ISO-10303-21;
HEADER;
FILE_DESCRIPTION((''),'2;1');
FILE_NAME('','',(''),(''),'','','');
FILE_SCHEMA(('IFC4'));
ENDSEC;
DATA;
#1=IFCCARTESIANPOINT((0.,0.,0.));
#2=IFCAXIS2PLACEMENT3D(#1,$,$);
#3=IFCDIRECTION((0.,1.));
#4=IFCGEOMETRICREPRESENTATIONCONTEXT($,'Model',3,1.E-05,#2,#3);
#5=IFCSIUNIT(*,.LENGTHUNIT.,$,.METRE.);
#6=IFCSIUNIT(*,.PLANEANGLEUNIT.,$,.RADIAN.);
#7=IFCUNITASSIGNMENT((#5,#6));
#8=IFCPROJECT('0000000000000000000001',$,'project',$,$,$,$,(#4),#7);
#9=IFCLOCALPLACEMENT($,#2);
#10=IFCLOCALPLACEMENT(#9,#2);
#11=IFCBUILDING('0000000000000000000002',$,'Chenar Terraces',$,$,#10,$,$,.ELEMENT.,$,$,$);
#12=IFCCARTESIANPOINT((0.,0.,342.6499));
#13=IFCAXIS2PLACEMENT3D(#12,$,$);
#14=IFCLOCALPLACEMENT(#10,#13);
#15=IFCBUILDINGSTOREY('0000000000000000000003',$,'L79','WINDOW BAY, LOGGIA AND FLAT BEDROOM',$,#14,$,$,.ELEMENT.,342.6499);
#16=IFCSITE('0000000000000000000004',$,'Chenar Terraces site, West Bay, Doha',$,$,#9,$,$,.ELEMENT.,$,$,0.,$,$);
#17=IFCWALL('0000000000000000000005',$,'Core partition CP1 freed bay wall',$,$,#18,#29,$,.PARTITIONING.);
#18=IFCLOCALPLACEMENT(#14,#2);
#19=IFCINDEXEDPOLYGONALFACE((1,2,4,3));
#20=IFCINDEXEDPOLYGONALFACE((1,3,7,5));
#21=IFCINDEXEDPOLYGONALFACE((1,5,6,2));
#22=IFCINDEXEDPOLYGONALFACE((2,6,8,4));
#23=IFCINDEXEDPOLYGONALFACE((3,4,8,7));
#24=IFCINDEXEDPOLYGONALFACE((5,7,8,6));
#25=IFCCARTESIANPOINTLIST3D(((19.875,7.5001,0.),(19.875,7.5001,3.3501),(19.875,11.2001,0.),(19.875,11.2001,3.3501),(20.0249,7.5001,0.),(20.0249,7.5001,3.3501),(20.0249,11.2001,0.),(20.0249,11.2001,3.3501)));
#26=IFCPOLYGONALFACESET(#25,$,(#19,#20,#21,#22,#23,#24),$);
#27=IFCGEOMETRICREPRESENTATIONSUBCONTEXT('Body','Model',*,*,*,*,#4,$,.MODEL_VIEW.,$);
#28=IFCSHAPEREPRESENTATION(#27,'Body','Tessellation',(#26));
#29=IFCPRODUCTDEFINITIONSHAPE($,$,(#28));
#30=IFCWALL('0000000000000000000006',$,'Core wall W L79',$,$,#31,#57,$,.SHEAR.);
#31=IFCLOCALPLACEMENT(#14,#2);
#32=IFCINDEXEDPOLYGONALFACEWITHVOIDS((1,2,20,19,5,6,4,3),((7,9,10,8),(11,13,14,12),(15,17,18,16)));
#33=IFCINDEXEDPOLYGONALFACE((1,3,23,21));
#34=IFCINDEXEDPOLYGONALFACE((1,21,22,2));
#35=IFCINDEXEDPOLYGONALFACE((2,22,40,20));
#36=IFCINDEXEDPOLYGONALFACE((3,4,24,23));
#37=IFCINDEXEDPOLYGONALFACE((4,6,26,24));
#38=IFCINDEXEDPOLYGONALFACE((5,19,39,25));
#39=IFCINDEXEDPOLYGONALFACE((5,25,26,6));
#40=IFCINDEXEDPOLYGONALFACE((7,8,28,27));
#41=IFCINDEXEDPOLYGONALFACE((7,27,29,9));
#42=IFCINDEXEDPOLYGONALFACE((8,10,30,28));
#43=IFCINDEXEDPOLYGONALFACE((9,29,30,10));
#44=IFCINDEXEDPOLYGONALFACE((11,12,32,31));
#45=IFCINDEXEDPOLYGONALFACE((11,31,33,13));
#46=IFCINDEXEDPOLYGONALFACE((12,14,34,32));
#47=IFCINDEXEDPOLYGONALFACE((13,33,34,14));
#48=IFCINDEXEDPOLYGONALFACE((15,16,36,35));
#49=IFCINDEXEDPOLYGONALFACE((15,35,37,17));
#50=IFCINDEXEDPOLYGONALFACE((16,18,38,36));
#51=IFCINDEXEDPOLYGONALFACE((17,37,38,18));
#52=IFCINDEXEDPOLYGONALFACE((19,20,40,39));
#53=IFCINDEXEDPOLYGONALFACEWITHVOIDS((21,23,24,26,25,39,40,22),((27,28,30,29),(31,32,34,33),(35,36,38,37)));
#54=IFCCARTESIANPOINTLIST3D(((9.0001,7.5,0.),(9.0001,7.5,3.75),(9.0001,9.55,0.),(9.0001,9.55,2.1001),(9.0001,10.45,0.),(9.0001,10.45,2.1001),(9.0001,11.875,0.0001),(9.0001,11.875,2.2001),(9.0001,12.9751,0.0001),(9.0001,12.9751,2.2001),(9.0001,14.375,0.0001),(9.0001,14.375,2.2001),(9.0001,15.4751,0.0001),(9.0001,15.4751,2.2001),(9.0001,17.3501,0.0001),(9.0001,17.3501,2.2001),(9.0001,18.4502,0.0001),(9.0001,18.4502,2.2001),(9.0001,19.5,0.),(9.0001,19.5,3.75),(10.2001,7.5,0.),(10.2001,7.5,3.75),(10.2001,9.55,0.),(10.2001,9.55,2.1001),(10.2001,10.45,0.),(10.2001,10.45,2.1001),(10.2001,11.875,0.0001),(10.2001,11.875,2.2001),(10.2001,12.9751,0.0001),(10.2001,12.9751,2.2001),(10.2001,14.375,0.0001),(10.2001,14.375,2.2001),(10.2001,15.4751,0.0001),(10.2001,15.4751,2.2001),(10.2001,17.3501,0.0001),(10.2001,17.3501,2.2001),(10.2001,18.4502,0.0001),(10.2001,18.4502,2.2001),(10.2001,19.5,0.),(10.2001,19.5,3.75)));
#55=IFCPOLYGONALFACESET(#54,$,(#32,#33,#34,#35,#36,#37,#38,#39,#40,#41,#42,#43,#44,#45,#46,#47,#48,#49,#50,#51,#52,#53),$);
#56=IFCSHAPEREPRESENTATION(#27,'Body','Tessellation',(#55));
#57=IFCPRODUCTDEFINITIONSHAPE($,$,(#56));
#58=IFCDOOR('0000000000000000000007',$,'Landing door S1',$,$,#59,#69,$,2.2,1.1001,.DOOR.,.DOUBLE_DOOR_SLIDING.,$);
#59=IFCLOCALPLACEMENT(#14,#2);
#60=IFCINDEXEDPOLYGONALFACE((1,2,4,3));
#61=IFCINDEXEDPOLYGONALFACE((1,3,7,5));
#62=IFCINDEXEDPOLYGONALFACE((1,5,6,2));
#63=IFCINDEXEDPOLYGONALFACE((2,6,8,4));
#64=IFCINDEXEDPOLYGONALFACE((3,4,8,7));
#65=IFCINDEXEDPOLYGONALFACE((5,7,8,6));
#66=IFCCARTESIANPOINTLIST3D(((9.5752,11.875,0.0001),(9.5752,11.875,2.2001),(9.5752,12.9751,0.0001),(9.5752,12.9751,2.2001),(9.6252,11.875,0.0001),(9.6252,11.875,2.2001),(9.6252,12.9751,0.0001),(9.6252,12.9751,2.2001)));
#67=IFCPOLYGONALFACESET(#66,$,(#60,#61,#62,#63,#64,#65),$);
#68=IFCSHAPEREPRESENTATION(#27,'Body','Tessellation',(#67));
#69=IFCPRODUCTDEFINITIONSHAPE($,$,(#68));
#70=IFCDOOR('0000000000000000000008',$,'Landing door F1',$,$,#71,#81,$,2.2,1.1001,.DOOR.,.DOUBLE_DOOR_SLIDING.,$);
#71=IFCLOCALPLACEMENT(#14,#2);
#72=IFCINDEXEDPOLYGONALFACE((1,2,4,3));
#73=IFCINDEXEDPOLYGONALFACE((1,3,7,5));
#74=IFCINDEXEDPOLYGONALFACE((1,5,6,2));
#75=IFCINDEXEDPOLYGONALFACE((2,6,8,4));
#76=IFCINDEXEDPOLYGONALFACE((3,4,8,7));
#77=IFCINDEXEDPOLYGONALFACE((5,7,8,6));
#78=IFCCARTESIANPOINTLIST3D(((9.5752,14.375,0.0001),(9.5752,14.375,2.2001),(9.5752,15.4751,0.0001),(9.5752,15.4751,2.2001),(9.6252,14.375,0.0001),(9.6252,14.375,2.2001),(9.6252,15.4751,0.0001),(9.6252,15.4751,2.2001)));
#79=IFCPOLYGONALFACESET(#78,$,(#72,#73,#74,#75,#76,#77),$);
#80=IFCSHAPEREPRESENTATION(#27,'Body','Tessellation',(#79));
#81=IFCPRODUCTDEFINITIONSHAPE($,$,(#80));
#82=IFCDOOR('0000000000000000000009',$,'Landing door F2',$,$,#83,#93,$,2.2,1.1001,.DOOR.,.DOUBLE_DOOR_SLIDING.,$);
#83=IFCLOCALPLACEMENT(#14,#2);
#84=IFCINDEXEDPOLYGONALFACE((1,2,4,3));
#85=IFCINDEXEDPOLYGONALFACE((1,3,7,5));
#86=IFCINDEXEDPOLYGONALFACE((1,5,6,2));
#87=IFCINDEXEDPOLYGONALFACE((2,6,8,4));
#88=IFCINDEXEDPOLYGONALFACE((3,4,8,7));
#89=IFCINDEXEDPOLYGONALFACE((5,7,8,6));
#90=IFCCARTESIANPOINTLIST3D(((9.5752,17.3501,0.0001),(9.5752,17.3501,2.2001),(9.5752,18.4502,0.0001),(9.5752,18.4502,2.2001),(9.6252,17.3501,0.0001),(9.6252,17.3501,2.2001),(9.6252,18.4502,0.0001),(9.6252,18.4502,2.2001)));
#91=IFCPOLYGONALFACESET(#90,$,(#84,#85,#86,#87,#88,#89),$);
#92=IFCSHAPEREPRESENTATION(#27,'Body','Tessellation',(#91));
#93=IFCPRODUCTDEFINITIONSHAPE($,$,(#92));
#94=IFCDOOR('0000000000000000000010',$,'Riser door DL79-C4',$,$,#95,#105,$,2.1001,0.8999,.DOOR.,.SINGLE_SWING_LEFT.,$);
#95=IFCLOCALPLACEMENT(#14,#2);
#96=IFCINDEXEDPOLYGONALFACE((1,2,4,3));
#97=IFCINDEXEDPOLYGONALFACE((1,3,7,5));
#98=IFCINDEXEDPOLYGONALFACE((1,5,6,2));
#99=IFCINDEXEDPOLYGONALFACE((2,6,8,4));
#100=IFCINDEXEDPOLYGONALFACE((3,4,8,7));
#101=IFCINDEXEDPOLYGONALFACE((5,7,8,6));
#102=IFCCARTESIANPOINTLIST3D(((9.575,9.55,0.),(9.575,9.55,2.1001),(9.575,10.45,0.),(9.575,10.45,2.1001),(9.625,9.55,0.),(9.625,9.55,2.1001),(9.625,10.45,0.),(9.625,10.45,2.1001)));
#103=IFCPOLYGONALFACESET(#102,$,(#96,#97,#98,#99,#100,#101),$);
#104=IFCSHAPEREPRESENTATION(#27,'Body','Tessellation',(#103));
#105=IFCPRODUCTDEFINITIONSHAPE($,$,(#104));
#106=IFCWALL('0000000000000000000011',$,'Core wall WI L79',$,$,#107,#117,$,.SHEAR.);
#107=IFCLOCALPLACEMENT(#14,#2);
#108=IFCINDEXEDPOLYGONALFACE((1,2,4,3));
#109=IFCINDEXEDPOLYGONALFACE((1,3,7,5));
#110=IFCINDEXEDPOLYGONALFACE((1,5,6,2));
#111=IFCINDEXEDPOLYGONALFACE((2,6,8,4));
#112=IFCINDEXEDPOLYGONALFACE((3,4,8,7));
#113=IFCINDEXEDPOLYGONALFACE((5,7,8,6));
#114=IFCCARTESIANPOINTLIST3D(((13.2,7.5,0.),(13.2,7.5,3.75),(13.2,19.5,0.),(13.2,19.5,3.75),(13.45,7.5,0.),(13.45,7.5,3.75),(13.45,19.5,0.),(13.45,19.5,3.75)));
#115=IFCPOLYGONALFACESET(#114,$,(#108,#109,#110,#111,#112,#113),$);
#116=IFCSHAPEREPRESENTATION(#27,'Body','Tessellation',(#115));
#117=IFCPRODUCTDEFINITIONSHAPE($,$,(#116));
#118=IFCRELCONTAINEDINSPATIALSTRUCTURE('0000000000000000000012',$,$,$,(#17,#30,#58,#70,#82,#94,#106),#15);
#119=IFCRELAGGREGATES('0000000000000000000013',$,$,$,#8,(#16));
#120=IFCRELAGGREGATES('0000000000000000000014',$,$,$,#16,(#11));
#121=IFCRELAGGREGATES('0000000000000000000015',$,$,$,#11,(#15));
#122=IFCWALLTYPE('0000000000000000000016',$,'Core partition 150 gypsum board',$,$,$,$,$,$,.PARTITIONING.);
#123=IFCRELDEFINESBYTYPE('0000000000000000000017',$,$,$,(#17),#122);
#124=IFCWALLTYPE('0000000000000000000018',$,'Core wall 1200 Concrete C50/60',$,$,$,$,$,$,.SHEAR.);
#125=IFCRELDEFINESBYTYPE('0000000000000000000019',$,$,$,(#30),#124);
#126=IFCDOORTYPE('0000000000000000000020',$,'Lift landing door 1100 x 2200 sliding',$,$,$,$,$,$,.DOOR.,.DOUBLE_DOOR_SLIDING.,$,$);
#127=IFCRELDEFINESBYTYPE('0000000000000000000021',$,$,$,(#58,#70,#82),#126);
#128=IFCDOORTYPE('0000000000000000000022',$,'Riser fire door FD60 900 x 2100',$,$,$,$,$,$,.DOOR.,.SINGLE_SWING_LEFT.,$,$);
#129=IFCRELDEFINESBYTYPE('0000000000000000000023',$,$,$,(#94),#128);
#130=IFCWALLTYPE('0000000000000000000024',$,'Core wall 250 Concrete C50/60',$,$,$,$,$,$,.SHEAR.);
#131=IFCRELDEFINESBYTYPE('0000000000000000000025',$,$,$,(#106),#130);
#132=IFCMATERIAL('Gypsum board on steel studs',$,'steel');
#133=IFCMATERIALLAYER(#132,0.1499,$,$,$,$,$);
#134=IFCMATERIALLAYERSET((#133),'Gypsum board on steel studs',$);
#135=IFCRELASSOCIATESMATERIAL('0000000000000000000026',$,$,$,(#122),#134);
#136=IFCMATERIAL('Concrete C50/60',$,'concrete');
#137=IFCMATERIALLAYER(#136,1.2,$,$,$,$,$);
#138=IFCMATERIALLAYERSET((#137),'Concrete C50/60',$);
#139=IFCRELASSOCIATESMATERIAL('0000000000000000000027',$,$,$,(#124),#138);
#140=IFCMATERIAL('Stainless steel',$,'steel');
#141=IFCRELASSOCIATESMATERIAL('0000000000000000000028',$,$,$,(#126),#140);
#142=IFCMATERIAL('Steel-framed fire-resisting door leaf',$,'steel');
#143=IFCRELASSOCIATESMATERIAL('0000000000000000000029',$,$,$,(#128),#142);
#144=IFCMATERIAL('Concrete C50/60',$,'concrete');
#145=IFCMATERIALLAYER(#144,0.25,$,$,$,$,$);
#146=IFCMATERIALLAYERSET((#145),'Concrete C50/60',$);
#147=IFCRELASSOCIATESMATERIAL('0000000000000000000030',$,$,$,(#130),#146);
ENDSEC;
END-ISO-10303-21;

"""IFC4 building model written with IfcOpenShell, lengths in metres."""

from ifc_helpers import new_model, si_unit, direction, frame, frame_2d, origin, place, context, subcontext, project, spatial, rectangle, extrude, material, layer, layer_set, type_object, element, fill, save


model = new_model("IFC4")

# Units and contexts
model_context = context("Model", 3, precision=1e-05, world=origin(), true_north=direction((0.0, 1.0)))
body_context = subcontext(model_context, "Body", "Model", "MODEL_VIEW")
ifc_project = project(units=[si_unit("LENGTHUNIT", "METRE"), si_unit("PLANEANGLEUNIT", "RADIAN")], contexts=[model_context])

# Site, building, storey
site_placement = place(None, origin())
site = spatial("IfcSite", under=ifc_project, at=site_placement, Name="Chenar Terraces site, West Bay, Doha", CompositionType="ELEMENT", RefElevation=0.0)
building_placement = place(site_placement, origin())
building = spatial("IfcBuilding", under=site, at=building_placement, Name="Chenar Terraces", CompositionType="ELEMENT")
storey_placement = place(building_placement, frame((0.0, 0.0, 342.6499)))
storey = spatial("IfcBuildingStorey", under=building, at=storey_placement, Name="L79", Description="WINDOW BAY, LOGGIA AND FLAT BEDROOM", CompositionType="ELEMENT", Elevation=342.6499)

# Wall
ifc_material_1 = material(Name="Gypsum board on steel studs", Category="steel")
ifc_layer_1 = layer(ifc_material_1, 0.1499)
ifc_layer_set_1 = layer_set([ifc_layer_1], Name="Gypsum board on steel studs")
wall_type_1 = type_object("IfcWallType", Name="Core partition 150 gypsum board", PredefinedType="PARTITIONING", material=ifc_layer_set_1)
wall_1_placement = place(storey_placement, frame((19.95, 7.5, 0.0), z_axis=(0.0, 0.0, 1.0), x_axis=(0.0, 1.0, 0.0)))
element("IfcWall", 1, at=wall_1_placement, inside=storey, type_object=wall_type_1, Name="Core partition CP1 freed bay wall", PredefinedType="PARTITIONING", context=body_context, shape_type="SweptSolid", body=[
    extrude(rectangle(XDim=3.7, YDim=0.1499, at=frame_2d((1.8501, 0.0))), origin(), (0.0, 0.0, 1.0), 3.3501),
])

# Wall, openings, doors
ifc_material_2 = material(Name="Concrete C50/60", Category="concrete")
ifc_layer_2 = layer(ifc_material_2, 1.2)
ifc_layer_set_2 = layer_set([ifc_layer_2], Name="Concrete C50/60")
wall_type_2 = type_object("IfcWallType", Name="Core wall 1200 Concrete C50/60", PredefinedType="SHEAR", material=ifc_layer_set_2)
wall_2_placement = place(storey_placement, frame((9.6001, 7.5, 0.0), z_axis=(0.0, 0.0, 1.0), x_axis=(0.0, 1.0, 0.0)))
wall_2 = element("IfcWall", 2, at=wall_2_placement, inside=storey, type_object=wall_type_2, Name="Core wall W L79", PredefinedType="SHEAR", context=body_context, shape_type="SweptSolid", body=[
    extrude(rectangle(XDim=12.0, YDim=1.2, at=frame_2d((6.0, 0.0))), origin(), (0.0, 0.0, 1.0), 3.75),
])
opening_1_placement = place(wall_2_placement, frame((4.375, 0.0, 0.0)))
opening_1 = element("IfcOpeningElement", 3, at=opening_1_placement, cuts=wall_2, PredefinedType="OPENING", context=body_context, shape_type="SweptSolid", body=[
    extrude(rectangle(XDim=1.1001, YDim=2.2, at=frame_2d((0.55, 1.1001))), frame((0.0, 0.6099, 0.0), z_axis=(0.0, -1.0, 0.0), x_axis=(1.0, 0.0, 0.0)), (0.0, 0.0, 1.0), 1.22),
])
opening_2_placement = place(wall_2_placement, frame((6.875, 0.0, 0.0)))
opening_2 = element("IfcOpeningElement", 4, at=opening_2_placement, cuts=wall_2, PredefinedType="OPENING", context=body_context, shape_type="SweptSolid", body=[
    extrude(rectangle(XDim=1.1001, YDim=2.2, at=frame_2d((0.55, 1.1001))), frame((0.0, 0.6099, 0.0), z_axis=(0.0, -1.0, 0.0), x_axis=(1.0, 0.0, 0.0)), (0.0, 0.0, 1.0), 1.22),
])
opening_3_placement = place(wall_2_placement, frame((9.8501, 0.0, 0.0)))
opening_3 = element("IfcOpeningElement", 5, at=opening_3_placement, cuts=wall_2, PredefinedType="OPENING", context=body_context, shape_type="SweptSolid", body=[
    extrude(rectangle(XDim=1.1001, YDim=2.2, at=frame_2d((0.55, 1.1001))), frame((0.0, 0.6099, 0.0), z_axis=(0.0, -1.0, 0.0), x_axis=(1.0, 0.0, 0.0)), (0.0, 0.0, 1.0), 1.22),
])
opening_4_placement = place(wall_2_placement, frame((2.05, 0.0, 0.0)))
opening_4 = element("IfcOpeningElement", 6, at=opening_4_placement, cuts=wall_2, PredefinedType="OPENING", context=body_context, shape_type="SweptSolid", body=[
    extrude(rectangle(XDim=0.8999, YDim=2.1001, at=frame_2d((0.45, 1.05))), frame((0.0, 0.6099, 0.0), z_axis=(0.0, -1.0, 0.0), x_axis=(1.0, 0.0, 0.0)), (0.0, 0.0, 1.0), 1.22),
])
ifc_material_3 = material(Name="Stainless steel", Category="steel")
door_type_1 = type_object("IfcDoorType", Name="Lift landing door 1100 x 2200 sliding", OperationType="DOUBLE_DOOR_SLIDING", PredefinedType="DOOR", material=ifc_material_3)
door_1_placement = place(opening_1_placement, origin())
door_1 = element("IfcDoor", 7, at=door_1_placement, inside=storey, type_object=door_type_1, Name="Landing door S1", OperationType="DOUBLE_DOOR_SLIDING", OverallHeight=2.2, OverallWidth=1.1001, PredefinedType="DOOR", context=body_context, shape_type="SweptSolid", body=[
    extrude(rectangle(XDim=1.1001, YDim=2.2, at=frame_2d((0.55, 1.1001))), frame((0.0, 0.0249, 0.0), z_axis=(0.0, -1.0, 0.0), x_axis=(1.0, 0.0, 0.0)), (0.0, 0.0, 1.0), 0.05),
])
fill(opening_1, door_1)
door_2_placement = place(opening_2_placement, origin())
door_2 = element("IfcDoor", 8, at=door_2_placement, inside=storey, type_object=door_type_1, Name="Landing door F1", OperationType="DOUBLE_DOOR_SLIDING", OverallHeight=2.2, OverallWidth=1.1001, PredefinedType="DOOR", context=body_context, shape_type="SweptSolid", body=[
    extrude(rectangle(XDim=1.1001, YDim=2.2, at=frame_2d((0.55, 1.1001))), frame((0.0, 0.0249, 0.0), z_axis=(0.0, -1.0, 0.0), x_axis=(1.0, 0.0, 0.0)), (0.0, 0.0, 1.0), 0.05),
])
fill(opening_2, door_2)
door_3_placement = place(opening_3_placement, origin())
door_3 = element("IfcDoor", 9, at=door_3_placement, inside=storey, type_object=door_type_1, Name="Landing door F2", OperationType="DOUBLE_DOOR_SLIDING", OverallHeight=2.2, OverallWidth=1.1001, PredefinedType="DOOR", context=body_context, shape_type="SweptSolid", body=[
    extrude(rectangle(XDim=1.1001, YDim=2.2, at=frame_2d((0.55, 1.1001))), frame((0.0, 0.0249, 0.0), z_axis=(0.0, -1.0, 0.0), x_axis=(1.0, 0.0, 0.0)), (0.0, 0.0, 1.0), 0.05),
])
fill(opening_3, door_3)
ifc_material_4 = material(Name="Steel-framed fire-resisting door leaf", Category="steel")
door_type_2 = type_object("IfcDoorType", Name="Riser fire door FD60 900 x 2100", OperationType="SINGLE_SWING_LEFT", PredefinedType="DOOR", material=ifc_material_4)
door_4_placement = place(opening_4_placement, frame((0.8999, 0.0, 0.0), z_axis=(0.0, 0.0, 1.0), x_axis=(-1.0, 0.0, 0.0)))
door_4 = element("IfcDoor", 10, at=door_4_placement, inside=storey, type_object=door_type_2, Name="Riser door DL79-C4", OperationType="SINGLE_SWING_LEFT", OverallHeight=2.1001, OverallWidth=0.8999, PredefinedType="DOOR", context=body_context, shape_type="SweptSolid", body=[
    extrude(rectangle(XDim=0.8999, YDim=2.1001, at=frame_2d((0.45, 1.05))), frame((0.0, 0.0249, 0.0), z_axis=(0.0, -1.0, 0.0), x_axis=(1.0, 0.0, 0.0)), (0.0, 0.0, 1.0), 0.05),
])
fill(opening_4, door_4)

# Wall
ifc_material_5 = material(Name="Concrete C50/60", Category="concrete")
ifc_layer_3 = layer(ifc_material_5, 0.25)
ifc_layer_set_3 = layer_set([ifc_layer_3], Name="Concrete C50/60")
wall_type_3 = type_object("IfcWallType", Name="Core wall 250 Concrete C50/60", PredefinedType="SHEAR", material=ifc_layer_set_3)
wall_3_placement = place(storey_placement, frame((13.325, 7.5, 0.0), z_axis=(0.0, 0.0, 1.0), x_axis=(0.0, 1.0, 0.0)))
element("IfcWall", 11, at=wall_3_placement, inside=storey, type_object=wall_type_3, Name="Core wall WI L79", PredefinedType="SHEAR", context=body_context, shape_type="SweptSolid", body=[
    extrude(rectangle(XDim=12.0, YDim=0.25, at=frame_2d((6.0, 0.0))), origin(), (0.0, 0.0, 1.0), 3.75),
])

save(model, "model.ifc")
